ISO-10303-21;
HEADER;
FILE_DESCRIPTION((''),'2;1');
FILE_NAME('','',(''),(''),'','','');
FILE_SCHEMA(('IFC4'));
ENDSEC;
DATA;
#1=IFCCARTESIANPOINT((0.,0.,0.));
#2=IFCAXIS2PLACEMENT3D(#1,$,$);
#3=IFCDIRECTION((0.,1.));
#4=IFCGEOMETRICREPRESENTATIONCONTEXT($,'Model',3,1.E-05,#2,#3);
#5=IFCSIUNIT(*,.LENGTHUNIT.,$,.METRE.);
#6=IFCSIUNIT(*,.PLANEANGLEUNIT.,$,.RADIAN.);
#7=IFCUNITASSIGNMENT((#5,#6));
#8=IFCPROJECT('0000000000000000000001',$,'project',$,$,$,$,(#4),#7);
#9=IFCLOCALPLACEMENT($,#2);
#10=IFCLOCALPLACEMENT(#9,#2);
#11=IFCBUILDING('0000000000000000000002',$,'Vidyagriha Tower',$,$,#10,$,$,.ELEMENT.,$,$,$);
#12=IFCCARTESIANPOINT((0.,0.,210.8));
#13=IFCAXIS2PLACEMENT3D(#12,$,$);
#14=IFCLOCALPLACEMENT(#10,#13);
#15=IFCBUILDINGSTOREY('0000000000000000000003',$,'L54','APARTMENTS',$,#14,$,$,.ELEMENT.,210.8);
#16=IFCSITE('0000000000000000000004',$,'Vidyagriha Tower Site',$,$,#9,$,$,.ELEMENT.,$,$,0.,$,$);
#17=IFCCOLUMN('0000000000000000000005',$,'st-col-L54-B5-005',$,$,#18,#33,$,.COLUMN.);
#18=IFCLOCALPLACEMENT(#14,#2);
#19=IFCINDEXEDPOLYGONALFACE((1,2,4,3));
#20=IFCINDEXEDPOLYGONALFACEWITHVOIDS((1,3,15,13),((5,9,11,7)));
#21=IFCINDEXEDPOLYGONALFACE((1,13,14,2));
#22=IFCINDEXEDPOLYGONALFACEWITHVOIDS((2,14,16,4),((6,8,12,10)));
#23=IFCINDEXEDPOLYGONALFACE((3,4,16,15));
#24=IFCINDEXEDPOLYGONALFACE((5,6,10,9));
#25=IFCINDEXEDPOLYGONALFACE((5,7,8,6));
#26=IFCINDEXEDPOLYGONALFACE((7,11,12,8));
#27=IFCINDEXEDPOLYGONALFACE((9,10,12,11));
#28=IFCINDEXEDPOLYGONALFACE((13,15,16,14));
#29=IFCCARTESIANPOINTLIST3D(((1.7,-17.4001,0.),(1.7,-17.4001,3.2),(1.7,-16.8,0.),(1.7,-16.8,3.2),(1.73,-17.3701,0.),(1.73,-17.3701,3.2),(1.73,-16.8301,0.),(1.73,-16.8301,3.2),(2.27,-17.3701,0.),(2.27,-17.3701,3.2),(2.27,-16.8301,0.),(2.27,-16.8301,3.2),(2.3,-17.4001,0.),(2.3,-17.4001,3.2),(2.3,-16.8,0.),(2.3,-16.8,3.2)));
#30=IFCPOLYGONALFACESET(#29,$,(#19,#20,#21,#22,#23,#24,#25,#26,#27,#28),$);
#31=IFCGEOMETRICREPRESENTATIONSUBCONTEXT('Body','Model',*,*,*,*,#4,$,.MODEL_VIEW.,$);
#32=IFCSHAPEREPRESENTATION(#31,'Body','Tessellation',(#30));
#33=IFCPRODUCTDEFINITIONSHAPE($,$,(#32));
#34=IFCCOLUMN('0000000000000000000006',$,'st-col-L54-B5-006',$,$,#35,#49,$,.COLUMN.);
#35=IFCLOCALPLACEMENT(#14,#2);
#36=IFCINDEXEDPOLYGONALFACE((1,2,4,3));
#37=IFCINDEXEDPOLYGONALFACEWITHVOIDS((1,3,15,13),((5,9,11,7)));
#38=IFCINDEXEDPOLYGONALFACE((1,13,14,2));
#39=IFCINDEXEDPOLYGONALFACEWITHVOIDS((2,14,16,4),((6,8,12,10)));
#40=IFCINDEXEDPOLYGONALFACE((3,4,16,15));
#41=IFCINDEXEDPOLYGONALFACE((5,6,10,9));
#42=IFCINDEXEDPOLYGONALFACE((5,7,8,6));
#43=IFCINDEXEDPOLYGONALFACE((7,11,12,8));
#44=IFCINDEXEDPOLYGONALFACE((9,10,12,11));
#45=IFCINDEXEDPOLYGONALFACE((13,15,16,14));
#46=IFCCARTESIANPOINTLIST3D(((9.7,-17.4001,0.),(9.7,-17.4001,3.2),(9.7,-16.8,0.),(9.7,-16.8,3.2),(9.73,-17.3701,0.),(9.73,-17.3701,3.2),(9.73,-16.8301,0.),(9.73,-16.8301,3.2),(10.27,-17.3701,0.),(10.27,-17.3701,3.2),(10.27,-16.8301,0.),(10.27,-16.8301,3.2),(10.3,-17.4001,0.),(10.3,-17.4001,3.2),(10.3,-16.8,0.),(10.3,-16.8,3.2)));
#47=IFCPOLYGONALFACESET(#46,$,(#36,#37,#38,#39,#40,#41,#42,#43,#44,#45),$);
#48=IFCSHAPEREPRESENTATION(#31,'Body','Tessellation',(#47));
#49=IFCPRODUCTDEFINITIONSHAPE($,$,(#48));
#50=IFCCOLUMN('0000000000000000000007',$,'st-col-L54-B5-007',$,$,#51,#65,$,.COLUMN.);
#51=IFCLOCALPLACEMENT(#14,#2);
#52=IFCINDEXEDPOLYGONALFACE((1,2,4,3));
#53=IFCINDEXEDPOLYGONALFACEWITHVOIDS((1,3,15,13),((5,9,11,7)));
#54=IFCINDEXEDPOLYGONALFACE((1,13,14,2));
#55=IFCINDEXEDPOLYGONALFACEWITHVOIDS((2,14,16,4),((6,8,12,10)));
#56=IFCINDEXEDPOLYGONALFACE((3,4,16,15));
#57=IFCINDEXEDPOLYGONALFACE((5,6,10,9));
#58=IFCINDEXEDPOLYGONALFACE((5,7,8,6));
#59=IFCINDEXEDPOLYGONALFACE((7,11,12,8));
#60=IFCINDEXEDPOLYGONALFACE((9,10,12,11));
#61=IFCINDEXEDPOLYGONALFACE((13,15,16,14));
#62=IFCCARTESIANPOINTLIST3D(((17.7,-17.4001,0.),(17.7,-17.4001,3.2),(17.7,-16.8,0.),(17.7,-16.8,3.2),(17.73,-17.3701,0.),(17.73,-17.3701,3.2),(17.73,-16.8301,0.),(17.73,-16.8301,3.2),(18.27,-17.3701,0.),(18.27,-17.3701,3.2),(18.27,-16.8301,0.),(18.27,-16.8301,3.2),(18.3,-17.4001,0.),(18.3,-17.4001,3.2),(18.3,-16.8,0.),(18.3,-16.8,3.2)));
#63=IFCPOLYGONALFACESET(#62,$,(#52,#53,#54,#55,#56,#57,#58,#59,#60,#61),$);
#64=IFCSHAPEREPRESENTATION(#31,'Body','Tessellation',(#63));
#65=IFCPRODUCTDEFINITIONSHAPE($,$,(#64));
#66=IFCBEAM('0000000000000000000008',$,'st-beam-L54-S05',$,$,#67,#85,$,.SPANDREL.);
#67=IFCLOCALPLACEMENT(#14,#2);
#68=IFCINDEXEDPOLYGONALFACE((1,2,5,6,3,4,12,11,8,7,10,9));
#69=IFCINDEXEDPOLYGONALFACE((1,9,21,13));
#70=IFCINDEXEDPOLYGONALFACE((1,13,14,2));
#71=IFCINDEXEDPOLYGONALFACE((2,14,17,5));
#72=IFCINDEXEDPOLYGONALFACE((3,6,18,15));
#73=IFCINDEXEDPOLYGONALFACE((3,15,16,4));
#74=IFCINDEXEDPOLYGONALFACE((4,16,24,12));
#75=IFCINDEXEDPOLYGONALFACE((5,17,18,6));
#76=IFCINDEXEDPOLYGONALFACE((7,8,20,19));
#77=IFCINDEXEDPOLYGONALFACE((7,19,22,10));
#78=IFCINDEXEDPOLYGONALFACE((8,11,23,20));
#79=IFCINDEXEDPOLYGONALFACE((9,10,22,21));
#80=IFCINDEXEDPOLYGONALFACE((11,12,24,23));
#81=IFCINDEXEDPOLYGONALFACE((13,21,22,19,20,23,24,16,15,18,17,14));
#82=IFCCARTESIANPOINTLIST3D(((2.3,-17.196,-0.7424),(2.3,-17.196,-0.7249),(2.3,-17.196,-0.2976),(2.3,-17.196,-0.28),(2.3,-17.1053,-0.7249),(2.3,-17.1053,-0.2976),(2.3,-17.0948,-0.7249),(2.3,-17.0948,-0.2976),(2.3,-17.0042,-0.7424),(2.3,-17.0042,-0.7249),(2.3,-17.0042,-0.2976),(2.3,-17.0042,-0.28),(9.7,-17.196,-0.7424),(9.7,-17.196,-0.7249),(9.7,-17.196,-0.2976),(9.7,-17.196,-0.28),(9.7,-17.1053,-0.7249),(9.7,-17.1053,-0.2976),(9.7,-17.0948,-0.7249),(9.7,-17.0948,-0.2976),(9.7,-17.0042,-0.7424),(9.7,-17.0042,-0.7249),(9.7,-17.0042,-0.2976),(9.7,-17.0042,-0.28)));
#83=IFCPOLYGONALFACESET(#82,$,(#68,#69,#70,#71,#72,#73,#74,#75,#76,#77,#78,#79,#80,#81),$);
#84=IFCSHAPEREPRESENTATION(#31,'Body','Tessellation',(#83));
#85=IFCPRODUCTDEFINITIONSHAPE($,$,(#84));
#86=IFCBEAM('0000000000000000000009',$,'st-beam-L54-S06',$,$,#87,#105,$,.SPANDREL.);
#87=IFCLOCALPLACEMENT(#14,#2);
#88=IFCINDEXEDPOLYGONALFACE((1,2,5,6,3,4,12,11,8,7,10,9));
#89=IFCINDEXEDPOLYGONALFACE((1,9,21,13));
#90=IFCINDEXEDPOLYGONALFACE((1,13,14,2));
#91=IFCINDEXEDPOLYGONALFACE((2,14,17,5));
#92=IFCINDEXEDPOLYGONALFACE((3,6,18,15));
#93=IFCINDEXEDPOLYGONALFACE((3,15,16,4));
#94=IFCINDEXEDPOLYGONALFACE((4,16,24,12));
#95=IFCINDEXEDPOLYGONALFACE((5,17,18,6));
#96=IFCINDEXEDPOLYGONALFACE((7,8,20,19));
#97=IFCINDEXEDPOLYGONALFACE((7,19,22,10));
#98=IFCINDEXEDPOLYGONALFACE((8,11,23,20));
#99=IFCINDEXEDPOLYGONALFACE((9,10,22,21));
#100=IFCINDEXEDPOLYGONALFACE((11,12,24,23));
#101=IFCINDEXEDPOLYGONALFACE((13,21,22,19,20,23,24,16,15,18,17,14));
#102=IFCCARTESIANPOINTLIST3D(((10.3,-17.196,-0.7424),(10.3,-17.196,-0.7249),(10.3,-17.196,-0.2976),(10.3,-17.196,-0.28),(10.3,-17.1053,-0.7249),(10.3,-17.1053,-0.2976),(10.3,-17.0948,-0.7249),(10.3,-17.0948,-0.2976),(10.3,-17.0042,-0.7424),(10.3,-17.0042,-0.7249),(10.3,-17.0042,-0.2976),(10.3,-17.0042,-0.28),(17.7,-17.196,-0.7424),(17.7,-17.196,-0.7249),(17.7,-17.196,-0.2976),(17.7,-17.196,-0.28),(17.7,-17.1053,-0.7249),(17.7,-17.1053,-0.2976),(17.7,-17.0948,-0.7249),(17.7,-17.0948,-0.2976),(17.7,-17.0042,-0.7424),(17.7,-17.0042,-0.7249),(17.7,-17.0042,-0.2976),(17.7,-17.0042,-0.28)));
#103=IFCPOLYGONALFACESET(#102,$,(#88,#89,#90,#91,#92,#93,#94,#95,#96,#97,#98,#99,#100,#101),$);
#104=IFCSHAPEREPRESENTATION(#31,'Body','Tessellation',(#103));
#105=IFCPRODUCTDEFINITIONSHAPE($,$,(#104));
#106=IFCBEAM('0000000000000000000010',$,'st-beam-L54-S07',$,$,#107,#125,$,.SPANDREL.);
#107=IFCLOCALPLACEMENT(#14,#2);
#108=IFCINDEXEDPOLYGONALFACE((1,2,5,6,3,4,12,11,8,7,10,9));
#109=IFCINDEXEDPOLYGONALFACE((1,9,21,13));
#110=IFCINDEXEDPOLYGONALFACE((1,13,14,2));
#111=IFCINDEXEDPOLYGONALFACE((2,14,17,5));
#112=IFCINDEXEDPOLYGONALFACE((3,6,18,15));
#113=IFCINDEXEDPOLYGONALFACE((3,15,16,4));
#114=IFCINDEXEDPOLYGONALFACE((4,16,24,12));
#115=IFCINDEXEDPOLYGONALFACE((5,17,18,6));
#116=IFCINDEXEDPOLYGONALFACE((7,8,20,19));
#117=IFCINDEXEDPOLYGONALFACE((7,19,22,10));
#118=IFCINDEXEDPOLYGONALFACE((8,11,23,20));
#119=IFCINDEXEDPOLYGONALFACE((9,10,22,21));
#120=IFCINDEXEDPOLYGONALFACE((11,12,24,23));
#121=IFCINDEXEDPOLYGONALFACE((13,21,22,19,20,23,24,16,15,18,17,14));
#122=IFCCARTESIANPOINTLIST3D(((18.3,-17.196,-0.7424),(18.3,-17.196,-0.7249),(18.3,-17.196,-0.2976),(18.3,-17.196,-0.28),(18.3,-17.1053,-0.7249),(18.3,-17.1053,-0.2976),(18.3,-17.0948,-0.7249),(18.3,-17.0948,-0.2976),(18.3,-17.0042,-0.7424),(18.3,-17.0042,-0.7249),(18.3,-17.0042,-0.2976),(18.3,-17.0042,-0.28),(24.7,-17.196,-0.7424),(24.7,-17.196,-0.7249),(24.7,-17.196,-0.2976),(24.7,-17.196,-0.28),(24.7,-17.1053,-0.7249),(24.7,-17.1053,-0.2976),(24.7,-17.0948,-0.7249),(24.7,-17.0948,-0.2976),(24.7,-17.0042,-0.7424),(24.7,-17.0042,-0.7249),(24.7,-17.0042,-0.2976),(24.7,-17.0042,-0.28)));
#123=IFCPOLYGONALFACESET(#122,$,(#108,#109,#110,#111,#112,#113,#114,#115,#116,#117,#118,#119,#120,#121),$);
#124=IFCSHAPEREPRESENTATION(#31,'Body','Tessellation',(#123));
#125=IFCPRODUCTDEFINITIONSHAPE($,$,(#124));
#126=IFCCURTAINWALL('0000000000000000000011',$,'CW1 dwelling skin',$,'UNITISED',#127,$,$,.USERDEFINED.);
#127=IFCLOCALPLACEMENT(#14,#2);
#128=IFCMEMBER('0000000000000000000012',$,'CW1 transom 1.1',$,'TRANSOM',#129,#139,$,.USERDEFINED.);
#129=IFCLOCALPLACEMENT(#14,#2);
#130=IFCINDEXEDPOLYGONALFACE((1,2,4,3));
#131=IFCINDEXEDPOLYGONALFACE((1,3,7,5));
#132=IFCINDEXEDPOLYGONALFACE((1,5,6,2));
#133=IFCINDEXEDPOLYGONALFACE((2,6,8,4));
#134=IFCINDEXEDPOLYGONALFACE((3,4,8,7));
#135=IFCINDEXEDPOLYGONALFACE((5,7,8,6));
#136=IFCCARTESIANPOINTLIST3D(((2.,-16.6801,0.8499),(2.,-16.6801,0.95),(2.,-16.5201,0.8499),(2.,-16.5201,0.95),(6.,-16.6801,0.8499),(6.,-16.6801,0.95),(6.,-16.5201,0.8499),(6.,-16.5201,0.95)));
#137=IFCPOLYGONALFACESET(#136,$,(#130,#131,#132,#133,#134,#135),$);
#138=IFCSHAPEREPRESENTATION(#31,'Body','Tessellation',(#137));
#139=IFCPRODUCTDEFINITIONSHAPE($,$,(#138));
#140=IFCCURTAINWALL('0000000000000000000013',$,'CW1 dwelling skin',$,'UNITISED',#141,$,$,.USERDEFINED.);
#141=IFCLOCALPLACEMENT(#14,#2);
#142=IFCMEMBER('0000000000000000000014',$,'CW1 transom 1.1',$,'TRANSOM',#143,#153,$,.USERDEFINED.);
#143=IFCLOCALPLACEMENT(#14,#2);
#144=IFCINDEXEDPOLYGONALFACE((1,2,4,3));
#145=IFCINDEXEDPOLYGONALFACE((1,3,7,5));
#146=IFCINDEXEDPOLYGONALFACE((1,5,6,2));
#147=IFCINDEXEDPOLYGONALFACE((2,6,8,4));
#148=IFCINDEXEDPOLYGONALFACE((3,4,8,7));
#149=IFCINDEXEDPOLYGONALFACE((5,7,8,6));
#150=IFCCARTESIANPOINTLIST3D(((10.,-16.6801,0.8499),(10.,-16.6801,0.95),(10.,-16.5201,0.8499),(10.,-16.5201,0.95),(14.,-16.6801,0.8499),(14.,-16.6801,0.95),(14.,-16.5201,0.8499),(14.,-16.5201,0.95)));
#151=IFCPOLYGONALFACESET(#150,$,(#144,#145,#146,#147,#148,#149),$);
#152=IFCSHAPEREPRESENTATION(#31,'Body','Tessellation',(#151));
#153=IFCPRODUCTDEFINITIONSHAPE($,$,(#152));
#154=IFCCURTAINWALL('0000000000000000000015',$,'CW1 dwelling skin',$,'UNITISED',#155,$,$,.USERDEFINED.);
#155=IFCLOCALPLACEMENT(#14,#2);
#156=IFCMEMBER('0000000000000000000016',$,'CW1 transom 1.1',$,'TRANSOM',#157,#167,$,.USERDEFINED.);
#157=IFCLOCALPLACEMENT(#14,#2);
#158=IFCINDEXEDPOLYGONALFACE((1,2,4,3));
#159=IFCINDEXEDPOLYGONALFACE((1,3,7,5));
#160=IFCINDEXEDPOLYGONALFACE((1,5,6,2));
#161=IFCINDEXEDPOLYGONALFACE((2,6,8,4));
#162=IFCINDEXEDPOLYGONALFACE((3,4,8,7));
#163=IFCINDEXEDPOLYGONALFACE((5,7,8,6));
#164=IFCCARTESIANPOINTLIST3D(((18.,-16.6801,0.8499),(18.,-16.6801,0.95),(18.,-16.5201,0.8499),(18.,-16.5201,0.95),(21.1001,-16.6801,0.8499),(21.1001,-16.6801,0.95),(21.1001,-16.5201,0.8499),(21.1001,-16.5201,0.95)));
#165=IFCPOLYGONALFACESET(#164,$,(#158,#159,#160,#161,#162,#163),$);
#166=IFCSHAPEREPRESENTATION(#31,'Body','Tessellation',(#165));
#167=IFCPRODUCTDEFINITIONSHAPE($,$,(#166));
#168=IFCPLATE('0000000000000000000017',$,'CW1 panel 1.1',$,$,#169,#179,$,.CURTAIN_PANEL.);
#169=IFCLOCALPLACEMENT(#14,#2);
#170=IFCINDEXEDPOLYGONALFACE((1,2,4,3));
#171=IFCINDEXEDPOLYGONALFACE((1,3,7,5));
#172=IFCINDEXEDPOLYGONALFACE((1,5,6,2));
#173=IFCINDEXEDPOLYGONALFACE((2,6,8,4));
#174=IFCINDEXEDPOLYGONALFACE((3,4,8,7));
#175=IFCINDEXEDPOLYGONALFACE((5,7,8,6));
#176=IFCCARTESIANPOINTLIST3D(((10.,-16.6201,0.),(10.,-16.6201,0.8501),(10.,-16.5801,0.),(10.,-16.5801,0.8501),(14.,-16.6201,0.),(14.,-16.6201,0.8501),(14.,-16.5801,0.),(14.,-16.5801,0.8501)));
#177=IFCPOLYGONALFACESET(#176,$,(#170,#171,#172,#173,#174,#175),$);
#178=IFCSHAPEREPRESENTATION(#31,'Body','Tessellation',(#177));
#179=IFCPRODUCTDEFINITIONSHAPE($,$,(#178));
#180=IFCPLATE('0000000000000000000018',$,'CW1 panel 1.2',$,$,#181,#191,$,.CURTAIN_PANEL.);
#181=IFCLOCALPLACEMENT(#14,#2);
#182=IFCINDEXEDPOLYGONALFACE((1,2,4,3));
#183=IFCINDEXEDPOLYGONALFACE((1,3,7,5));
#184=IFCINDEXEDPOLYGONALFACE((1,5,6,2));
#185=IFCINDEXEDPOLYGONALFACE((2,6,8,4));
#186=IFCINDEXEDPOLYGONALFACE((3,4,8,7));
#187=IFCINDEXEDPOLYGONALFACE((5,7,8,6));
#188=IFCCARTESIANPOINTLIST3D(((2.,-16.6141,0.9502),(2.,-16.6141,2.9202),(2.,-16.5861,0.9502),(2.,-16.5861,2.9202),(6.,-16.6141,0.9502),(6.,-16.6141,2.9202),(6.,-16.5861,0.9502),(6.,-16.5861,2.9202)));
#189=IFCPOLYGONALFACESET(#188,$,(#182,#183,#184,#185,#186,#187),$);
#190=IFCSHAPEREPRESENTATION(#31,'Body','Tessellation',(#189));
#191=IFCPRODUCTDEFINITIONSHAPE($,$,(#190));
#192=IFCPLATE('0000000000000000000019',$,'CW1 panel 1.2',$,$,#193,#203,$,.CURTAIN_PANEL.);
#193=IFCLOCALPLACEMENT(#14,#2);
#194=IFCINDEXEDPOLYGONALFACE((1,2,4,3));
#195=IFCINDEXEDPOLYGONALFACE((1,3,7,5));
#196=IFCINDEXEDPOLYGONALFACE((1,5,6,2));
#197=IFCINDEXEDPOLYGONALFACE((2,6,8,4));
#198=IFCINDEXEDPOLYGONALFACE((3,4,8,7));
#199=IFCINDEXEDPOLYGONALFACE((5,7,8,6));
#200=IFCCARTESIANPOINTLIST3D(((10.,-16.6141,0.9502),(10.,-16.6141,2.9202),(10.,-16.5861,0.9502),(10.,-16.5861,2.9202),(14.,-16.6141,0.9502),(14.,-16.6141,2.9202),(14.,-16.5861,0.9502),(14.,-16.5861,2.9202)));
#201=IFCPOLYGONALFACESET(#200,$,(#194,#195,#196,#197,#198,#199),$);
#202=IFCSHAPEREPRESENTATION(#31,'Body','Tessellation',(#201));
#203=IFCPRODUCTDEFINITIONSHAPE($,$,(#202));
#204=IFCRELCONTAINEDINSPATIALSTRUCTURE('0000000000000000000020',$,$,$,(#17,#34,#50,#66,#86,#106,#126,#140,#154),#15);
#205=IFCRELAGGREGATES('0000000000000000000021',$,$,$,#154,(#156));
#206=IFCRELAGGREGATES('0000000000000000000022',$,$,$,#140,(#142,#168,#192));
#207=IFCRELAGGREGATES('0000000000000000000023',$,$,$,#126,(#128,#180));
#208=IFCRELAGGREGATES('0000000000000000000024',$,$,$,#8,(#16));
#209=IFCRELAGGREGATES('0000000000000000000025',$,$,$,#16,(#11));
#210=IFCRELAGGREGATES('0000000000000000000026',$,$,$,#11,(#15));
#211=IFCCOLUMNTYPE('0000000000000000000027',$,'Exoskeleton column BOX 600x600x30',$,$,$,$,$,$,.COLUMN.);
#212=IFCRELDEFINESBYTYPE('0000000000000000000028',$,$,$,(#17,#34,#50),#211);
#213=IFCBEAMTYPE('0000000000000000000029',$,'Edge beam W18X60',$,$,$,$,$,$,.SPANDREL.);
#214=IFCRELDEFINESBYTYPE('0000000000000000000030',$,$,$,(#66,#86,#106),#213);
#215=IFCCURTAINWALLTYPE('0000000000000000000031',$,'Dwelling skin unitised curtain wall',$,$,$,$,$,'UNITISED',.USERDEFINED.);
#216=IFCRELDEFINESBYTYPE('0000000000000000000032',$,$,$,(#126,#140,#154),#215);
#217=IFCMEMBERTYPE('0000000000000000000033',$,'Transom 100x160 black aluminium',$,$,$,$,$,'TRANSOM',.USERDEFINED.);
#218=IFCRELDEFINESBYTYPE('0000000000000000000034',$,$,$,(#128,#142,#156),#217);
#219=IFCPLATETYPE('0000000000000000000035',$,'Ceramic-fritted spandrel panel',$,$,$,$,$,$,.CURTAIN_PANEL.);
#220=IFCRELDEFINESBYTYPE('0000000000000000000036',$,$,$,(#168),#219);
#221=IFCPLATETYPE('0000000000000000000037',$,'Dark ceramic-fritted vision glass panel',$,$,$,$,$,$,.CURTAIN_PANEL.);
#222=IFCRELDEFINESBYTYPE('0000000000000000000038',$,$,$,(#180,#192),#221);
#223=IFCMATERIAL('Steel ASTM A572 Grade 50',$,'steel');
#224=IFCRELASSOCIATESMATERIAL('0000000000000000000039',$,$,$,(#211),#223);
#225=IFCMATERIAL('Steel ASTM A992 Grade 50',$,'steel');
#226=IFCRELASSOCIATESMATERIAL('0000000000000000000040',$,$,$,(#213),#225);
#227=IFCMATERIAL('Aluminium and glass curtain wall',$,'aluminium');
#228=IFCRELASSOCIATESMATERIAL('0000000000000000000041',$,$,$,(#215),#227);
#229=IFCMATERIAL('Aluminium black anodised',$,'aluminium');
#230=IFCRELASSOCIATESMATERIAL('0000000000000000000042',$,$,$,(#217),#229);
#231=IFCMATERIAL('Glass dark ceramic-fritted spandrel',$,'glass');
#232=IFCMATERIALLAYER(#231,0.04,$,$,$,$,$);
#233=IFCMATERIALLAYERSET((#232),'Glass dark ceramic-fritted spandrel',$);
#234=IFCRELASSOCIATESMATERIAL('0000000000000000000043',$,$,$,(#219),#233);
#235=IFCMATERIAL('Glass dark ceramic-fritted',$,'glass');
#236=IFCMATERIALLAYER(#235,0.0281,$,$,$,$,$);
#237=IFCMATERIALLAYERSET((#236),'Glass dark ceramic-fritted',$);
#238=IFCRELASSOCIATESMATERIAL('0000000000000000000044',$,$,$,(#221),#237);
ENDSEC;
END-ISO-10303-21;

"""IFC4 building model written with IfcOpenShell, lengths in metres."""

from ifc_helpers import new_model, si_unit, direction, frame, origin, origin_2d, place, context, subcontext, project, spatial, rectangle, hollow_rectangle, i_section, extrude, material, layer, layer_set, material_profile, profile_set, type_object, element, aggregate, save


model = new_model("IFC4")

# Units and contexts
model_context = context("Model", 3, precision=1e-05, world=origin(), true_north=direction((0.0, 1.0)))
body_context = subcontext(model_context, "Body", "Model", "MODEL_VIEW")
ifc_project = project(units=[si_unit("LENGTHUNIT", "METRE"), si_unit("PLANEANGLEUNIT", "RADIAN")], contexts=[model_context])

# Site, building, storey
site_placement = place(None, origin())
site = spatial("IfcSite", under=ifc_project, at=site_placement, Name="Vidyagriha Tower Site", CompositionType="ELEMENT", RefElevation=0.0)
building_placement = place(site_placement, origin())
building = spatial("IfcBuilding", under=site, at=building_placement, Name="Vidyagriha Tower", CompositionType="ELEMENT")
storey_placement = place(building_placement, frame((0.0, 0.0, 210.8)))
storey = spatial("IfcBuildingStorey", under=building, at=storey_placement, Name="L54", Description="APARTMENTS", CompositionType="ELEMENT", Elevation=210.8)

# Columns
ifc_material_1 = material(Name="Steel ASTM A572 Grade 50", Category="steel")
ifc_material_profile_1 = material_profile(ifc_material_1, hollow_rectangle(XDim=0.6001, YDim=0.6001, WallThickness=0.03, at=origin_2d()), Name="BOX 600x600x30")
ifc_profile_set_1 = profile_set([ifc_material_profile_1], Name="Steel ASTM A572 Grade 50")
column_type = type_object("IfcColumnType", Name="Exoskeleton column BOX 600x600x30", PredefinedType="COLUMN", material=ifc_profile_set_1)
for number, where, name in (
    (1, (2.0, -17.1001, 0.0), "st-col-L54-B5-005"),
    (2, (10.0, -17.1001, 0.0), "st-col-L54-B5-006"),
    (3, (18.0, -17.1001, 0.0), "st-col-L54-B5-007"),
):
    element("IfcColumn", number, at=place(storey_placement, frame(where)), inside=storey, type_object=column_type, Name=name, PredefinedType="COLUMN", context=body_context, shape_type="SweptSolid", body=[
        extrude(hollow_rectangle(XDim=0.6001, YDim=0.6001, WallThickness=0.03, at=origin_2d()), origin(), (0.0, 0.0, 1.0), 3.2),
    ])

# Beams
ifc_material_2 = material(Name="Steel ASTM A992 Grade 50", Category="steel")
ifc_material_profile_2 = material_profile(ifc_material_2, i_section(OverallWidth=0.1919, OverallDepth=0.4624, WebThickness=0.0105, FlangeThickness=0.0176, at=origin_2d()), Name="W18X60")
ifc_profile_set_2 = profile_set([ifc_material_profile_2], Name="Steel ASTM A992 Grade 50")
beam_type = type_object("IfcBeamType", Name="Edge beam W18X60", PredefinedType="SPANDREL", material=ifc_profile_set_2)
for number, where, z_axis, x_axis, name in (
    (4, (2.3, -17.1001, -0.5112), (1.0, 0.0, 0.0), (0.0, 1.0, 0.0), "st-beam-L54-S05"),
    (5, (10.3, -17.1001, -0.5112), (1.0, 0.0, 0.0), (0.0, 1.0, 0.0), "st-beam-L54-S06"),
):
    element("IfcBeam", number, at=place(storey_placement, frame(where, z_axis=z_axis, x_axis=x_axis)), inside=storey, type_object=beam_type, Name=name, PredefinedType="SPANDREL", context=body_context, shape_type="SweptSolid", body=[
        extrude(i_section(OverallWidth=0.1919, OverallDepth=0.4624, WebThickness=0.0105, FlangeThickness=0.0176, at=origin_2d()), origin(), (0.0, 0.0, 1.0), 7.3999),
    ])
beam_placement = place(storey_placement, frame((18.3, -17.1001, -0.5112), z_axis=(1.0, 0.0, 0.0), x_axis=(0.0, 1.0, 0.0)))
element("IfcBeam", 6, at=beam_placement, inside=storey, type_object=beam_type, Name="st-beam-L54-S07", PredefinedType="SPANDREL", context=body_context, shape_type="SweptSolid", body=[
    extrude(i_section(OverallWidth=0.1919, OverallDepth=0.4624, WebThickness=0.0105, FlangeThickness=0.0176, at=origin_2d()), origin(), (0.0, 0.0, 1.0), 6.3999),
])

# Curtain walls, members
ifc_material_3 = material(Name="Aluminium and glass curtain wall", Category="aluminium")
curtain_wall_type = type_object("IfcCurtainWallType", Name="Dwelling skin unitised curtain wall", ElementType="UNITISED", PredefinedType="USERDEFINED", material=ifc_material_3)
curtain_wall_1_placement = place(storey_placement, origin())
curtain_wall_1 = element("IfcCurtainWall", 7, at=curtain_wall_1_placement, inside=storey, type_object=curtain_wall_type, Name="CW1 dwelling skin", ObjectType="UNITISED", PredefinedType="USERDEFINED")
ifc_material_4 = material(Name="Aluminium black anodised", Category="aluminium")
ifc_material_profile_3 = material_profile(ifc_material_4, rectangle(XDim=0.1599, YDim=0.1001, at=origin_2d()), Name="Transom 100x160 black aluminium")
ifc_profile_set_3 = profile_set([ifc_material_profile_3], Name="Aluminium black anodised")
member_type = type_object("IfcMemberType", Name="Transom 100x160 black aluminium", ElementType="TRANSOM", PredefinedType="USERDEFINED", material=ifc_profile_set_3)
member_1_placement = place(storey_placement, frame((2.0, -16.6001, 0.8999), z_axis=(1.0, 0.0, 0.0), x_axis=(0.0, 1.0, 0.0)))
member_1 = element("IfcMember", 8, at=member_1_placement, type_object=member_type, Name="CW1 transom 1.1", ObjectType="TRANSOM", PredefinedType="USERDEFINED", context=body_context, shape_type="SweptSolid", body=[
    extrude(rectangle(XDim=0.1599, YDim=0.1001, at=origin_2d()), origin(), (0.0, 0.0, 1.0), 4.0),
])
curtain_wall_2_placement = place(storey_placement, origin())
curtain_wall_2 = element("IfcCurtainWall", 9, at=curtain_wall_2_placement, inside=storey, type_object=curtain_wall_type, Name="CW1 dwelling skin", ObjectType="UNITISED", PredefinedType="USERDEFINED")
member_2_placement = place(storey_placement, frame((10.0, -16.6001, 0.8999), z_axis=(1.0, 0.0, 0.0), x_axis=(0.0, 1.0, 0.0)))
member_2 = element("IfcMember", 10, at=member_2_placement, type_object=member_type, Name="CW1 transom 1.1", ObjectType="TRANSOM", PredefinedType="USERDEFINED", context=body_context, shape_type="SweptSolid", body=[
    extrude(rectangle(XDim=0.1599, YDim=0.1001, at=origin_2d()), origin(), (0.0, 0.0, 1.0), 4.0),
])
curtain_wall_3_placement = place(storey_placement, origin())
curtain_wall_3 = element("IfcCurtainWall", 11, at=curtain_wall_3_placement, inside=storey, type_object=curtain_wall_type, Name="CW1 dwelling skin", ObjectType="UNITISED", PredefinedType="USERDEFINED")
member_3_placement = place(storey_placement, frame((18.0, -16.6001, 0.8999), z_axis=(1.0, 0.0, 0.0), x_axis=(0.0, 1.0, 0.0)))
member_3 = element("IfcMember", 12, at=member_3_placement, type_object=member_type, Name="CW1 transom 1.1", ObjectType="TRANSOM", PredefinedType="USERDEFINED", context=body_context, shape_type="SweptSolid", body=[
    extrude(rectangle(XDim=0.1599, YDim=0.1001, at=origin_2d()), origin(), (0.0, 0.0, 1.0), 3.1001),
])
aggregate(curtain_wall_3, [member_3])

# Plates
ifc_material_5 = material(Name="Glass dark ceramic-fritted spandrel", Category="glass")
ifc_layer_1 = layer(ifc_material_5, 0.04)
ifc_layer_set_1 = layer_set([ifc_layer_1], Name="Glass dark ceramic-fritted spandrel")
plate_type_1 = type_object("IfcPlateType", Name="Ceramic-fritted spandrel panel", PredefinedType="CURTAIN_PANEL", material=ifc_layer_set_1)
plate_1_placement = place(storey_placement, frame((12.0, -16.6001, 0.0)))
plate_1 = element("IfcPlate", 13, at=plate_1_placement, type_object=plate_type_1, Name="CW1 panel 1.1", PredefinedType="CURTAIN_PANEL", context=body_context, shape_type="SweptSolid", body=[
    extrude(rectangle(XDim=4.0, YDim=0.04, at=origin_2d()), origin(), (0.0, 0.0, 1.0), 0.8501),
])
ifc_material_6 = material(Name="Glass dark ceramic-fritted", Category="glass")
ifc_layer_2 = layer(ifc_material_6, 0.0281)
ifc_layer_set_2 = layer_set([ifc_layer_2], Name="Glass dark ceramic-fritted")
plate_type_2 = type_object("IfcPlateType", Name="Dark ceramic-fritted vision glass panel", PredefinedType="CURTAIN_PANEL", material=ifc_layer_set_2)
plate_2_placement = place(storey_placement, frame((4.0, -16.6001, 0.9502)))
plate_2 = element("IfcPlate", 14, at=plate_2_placement, type_object=plate_type_2, Name="CW1 panel 1.2", PredefinedType="CURTAIN_PANEL", context=body_context, shape_type="SweptSolid", body=[
    extrude(rectangle(XDim=4.0, YDim=0.0281, at=origin_2d()), origin(), (0.0, 0.0, 1.0), 1.97),
])
plate_3_placement = place(storey_placement, frame((12.0, -16.6001, 0.9502)))
plate_3 = element("IfcPlate", 15, at=plate_3_placement, type_object=plate_type_2, Name="CW1 panel 1.2", PredefinedType="CURTAIN_PANEL", context=body_context, shape_type="SweptSolid", body=[
    extrude(rectangle(XDim=4.0, YDim=0.0281, at=origin_2d()), origin(), (0.0, 0.0, 1.0), 1.97),
])
aggregate(curtain_wall_2, [member_2, plate_1, plate_3])
aggregate(curtain_wall_1, [member_1, plate_2])

save(model, "model.ifc")
